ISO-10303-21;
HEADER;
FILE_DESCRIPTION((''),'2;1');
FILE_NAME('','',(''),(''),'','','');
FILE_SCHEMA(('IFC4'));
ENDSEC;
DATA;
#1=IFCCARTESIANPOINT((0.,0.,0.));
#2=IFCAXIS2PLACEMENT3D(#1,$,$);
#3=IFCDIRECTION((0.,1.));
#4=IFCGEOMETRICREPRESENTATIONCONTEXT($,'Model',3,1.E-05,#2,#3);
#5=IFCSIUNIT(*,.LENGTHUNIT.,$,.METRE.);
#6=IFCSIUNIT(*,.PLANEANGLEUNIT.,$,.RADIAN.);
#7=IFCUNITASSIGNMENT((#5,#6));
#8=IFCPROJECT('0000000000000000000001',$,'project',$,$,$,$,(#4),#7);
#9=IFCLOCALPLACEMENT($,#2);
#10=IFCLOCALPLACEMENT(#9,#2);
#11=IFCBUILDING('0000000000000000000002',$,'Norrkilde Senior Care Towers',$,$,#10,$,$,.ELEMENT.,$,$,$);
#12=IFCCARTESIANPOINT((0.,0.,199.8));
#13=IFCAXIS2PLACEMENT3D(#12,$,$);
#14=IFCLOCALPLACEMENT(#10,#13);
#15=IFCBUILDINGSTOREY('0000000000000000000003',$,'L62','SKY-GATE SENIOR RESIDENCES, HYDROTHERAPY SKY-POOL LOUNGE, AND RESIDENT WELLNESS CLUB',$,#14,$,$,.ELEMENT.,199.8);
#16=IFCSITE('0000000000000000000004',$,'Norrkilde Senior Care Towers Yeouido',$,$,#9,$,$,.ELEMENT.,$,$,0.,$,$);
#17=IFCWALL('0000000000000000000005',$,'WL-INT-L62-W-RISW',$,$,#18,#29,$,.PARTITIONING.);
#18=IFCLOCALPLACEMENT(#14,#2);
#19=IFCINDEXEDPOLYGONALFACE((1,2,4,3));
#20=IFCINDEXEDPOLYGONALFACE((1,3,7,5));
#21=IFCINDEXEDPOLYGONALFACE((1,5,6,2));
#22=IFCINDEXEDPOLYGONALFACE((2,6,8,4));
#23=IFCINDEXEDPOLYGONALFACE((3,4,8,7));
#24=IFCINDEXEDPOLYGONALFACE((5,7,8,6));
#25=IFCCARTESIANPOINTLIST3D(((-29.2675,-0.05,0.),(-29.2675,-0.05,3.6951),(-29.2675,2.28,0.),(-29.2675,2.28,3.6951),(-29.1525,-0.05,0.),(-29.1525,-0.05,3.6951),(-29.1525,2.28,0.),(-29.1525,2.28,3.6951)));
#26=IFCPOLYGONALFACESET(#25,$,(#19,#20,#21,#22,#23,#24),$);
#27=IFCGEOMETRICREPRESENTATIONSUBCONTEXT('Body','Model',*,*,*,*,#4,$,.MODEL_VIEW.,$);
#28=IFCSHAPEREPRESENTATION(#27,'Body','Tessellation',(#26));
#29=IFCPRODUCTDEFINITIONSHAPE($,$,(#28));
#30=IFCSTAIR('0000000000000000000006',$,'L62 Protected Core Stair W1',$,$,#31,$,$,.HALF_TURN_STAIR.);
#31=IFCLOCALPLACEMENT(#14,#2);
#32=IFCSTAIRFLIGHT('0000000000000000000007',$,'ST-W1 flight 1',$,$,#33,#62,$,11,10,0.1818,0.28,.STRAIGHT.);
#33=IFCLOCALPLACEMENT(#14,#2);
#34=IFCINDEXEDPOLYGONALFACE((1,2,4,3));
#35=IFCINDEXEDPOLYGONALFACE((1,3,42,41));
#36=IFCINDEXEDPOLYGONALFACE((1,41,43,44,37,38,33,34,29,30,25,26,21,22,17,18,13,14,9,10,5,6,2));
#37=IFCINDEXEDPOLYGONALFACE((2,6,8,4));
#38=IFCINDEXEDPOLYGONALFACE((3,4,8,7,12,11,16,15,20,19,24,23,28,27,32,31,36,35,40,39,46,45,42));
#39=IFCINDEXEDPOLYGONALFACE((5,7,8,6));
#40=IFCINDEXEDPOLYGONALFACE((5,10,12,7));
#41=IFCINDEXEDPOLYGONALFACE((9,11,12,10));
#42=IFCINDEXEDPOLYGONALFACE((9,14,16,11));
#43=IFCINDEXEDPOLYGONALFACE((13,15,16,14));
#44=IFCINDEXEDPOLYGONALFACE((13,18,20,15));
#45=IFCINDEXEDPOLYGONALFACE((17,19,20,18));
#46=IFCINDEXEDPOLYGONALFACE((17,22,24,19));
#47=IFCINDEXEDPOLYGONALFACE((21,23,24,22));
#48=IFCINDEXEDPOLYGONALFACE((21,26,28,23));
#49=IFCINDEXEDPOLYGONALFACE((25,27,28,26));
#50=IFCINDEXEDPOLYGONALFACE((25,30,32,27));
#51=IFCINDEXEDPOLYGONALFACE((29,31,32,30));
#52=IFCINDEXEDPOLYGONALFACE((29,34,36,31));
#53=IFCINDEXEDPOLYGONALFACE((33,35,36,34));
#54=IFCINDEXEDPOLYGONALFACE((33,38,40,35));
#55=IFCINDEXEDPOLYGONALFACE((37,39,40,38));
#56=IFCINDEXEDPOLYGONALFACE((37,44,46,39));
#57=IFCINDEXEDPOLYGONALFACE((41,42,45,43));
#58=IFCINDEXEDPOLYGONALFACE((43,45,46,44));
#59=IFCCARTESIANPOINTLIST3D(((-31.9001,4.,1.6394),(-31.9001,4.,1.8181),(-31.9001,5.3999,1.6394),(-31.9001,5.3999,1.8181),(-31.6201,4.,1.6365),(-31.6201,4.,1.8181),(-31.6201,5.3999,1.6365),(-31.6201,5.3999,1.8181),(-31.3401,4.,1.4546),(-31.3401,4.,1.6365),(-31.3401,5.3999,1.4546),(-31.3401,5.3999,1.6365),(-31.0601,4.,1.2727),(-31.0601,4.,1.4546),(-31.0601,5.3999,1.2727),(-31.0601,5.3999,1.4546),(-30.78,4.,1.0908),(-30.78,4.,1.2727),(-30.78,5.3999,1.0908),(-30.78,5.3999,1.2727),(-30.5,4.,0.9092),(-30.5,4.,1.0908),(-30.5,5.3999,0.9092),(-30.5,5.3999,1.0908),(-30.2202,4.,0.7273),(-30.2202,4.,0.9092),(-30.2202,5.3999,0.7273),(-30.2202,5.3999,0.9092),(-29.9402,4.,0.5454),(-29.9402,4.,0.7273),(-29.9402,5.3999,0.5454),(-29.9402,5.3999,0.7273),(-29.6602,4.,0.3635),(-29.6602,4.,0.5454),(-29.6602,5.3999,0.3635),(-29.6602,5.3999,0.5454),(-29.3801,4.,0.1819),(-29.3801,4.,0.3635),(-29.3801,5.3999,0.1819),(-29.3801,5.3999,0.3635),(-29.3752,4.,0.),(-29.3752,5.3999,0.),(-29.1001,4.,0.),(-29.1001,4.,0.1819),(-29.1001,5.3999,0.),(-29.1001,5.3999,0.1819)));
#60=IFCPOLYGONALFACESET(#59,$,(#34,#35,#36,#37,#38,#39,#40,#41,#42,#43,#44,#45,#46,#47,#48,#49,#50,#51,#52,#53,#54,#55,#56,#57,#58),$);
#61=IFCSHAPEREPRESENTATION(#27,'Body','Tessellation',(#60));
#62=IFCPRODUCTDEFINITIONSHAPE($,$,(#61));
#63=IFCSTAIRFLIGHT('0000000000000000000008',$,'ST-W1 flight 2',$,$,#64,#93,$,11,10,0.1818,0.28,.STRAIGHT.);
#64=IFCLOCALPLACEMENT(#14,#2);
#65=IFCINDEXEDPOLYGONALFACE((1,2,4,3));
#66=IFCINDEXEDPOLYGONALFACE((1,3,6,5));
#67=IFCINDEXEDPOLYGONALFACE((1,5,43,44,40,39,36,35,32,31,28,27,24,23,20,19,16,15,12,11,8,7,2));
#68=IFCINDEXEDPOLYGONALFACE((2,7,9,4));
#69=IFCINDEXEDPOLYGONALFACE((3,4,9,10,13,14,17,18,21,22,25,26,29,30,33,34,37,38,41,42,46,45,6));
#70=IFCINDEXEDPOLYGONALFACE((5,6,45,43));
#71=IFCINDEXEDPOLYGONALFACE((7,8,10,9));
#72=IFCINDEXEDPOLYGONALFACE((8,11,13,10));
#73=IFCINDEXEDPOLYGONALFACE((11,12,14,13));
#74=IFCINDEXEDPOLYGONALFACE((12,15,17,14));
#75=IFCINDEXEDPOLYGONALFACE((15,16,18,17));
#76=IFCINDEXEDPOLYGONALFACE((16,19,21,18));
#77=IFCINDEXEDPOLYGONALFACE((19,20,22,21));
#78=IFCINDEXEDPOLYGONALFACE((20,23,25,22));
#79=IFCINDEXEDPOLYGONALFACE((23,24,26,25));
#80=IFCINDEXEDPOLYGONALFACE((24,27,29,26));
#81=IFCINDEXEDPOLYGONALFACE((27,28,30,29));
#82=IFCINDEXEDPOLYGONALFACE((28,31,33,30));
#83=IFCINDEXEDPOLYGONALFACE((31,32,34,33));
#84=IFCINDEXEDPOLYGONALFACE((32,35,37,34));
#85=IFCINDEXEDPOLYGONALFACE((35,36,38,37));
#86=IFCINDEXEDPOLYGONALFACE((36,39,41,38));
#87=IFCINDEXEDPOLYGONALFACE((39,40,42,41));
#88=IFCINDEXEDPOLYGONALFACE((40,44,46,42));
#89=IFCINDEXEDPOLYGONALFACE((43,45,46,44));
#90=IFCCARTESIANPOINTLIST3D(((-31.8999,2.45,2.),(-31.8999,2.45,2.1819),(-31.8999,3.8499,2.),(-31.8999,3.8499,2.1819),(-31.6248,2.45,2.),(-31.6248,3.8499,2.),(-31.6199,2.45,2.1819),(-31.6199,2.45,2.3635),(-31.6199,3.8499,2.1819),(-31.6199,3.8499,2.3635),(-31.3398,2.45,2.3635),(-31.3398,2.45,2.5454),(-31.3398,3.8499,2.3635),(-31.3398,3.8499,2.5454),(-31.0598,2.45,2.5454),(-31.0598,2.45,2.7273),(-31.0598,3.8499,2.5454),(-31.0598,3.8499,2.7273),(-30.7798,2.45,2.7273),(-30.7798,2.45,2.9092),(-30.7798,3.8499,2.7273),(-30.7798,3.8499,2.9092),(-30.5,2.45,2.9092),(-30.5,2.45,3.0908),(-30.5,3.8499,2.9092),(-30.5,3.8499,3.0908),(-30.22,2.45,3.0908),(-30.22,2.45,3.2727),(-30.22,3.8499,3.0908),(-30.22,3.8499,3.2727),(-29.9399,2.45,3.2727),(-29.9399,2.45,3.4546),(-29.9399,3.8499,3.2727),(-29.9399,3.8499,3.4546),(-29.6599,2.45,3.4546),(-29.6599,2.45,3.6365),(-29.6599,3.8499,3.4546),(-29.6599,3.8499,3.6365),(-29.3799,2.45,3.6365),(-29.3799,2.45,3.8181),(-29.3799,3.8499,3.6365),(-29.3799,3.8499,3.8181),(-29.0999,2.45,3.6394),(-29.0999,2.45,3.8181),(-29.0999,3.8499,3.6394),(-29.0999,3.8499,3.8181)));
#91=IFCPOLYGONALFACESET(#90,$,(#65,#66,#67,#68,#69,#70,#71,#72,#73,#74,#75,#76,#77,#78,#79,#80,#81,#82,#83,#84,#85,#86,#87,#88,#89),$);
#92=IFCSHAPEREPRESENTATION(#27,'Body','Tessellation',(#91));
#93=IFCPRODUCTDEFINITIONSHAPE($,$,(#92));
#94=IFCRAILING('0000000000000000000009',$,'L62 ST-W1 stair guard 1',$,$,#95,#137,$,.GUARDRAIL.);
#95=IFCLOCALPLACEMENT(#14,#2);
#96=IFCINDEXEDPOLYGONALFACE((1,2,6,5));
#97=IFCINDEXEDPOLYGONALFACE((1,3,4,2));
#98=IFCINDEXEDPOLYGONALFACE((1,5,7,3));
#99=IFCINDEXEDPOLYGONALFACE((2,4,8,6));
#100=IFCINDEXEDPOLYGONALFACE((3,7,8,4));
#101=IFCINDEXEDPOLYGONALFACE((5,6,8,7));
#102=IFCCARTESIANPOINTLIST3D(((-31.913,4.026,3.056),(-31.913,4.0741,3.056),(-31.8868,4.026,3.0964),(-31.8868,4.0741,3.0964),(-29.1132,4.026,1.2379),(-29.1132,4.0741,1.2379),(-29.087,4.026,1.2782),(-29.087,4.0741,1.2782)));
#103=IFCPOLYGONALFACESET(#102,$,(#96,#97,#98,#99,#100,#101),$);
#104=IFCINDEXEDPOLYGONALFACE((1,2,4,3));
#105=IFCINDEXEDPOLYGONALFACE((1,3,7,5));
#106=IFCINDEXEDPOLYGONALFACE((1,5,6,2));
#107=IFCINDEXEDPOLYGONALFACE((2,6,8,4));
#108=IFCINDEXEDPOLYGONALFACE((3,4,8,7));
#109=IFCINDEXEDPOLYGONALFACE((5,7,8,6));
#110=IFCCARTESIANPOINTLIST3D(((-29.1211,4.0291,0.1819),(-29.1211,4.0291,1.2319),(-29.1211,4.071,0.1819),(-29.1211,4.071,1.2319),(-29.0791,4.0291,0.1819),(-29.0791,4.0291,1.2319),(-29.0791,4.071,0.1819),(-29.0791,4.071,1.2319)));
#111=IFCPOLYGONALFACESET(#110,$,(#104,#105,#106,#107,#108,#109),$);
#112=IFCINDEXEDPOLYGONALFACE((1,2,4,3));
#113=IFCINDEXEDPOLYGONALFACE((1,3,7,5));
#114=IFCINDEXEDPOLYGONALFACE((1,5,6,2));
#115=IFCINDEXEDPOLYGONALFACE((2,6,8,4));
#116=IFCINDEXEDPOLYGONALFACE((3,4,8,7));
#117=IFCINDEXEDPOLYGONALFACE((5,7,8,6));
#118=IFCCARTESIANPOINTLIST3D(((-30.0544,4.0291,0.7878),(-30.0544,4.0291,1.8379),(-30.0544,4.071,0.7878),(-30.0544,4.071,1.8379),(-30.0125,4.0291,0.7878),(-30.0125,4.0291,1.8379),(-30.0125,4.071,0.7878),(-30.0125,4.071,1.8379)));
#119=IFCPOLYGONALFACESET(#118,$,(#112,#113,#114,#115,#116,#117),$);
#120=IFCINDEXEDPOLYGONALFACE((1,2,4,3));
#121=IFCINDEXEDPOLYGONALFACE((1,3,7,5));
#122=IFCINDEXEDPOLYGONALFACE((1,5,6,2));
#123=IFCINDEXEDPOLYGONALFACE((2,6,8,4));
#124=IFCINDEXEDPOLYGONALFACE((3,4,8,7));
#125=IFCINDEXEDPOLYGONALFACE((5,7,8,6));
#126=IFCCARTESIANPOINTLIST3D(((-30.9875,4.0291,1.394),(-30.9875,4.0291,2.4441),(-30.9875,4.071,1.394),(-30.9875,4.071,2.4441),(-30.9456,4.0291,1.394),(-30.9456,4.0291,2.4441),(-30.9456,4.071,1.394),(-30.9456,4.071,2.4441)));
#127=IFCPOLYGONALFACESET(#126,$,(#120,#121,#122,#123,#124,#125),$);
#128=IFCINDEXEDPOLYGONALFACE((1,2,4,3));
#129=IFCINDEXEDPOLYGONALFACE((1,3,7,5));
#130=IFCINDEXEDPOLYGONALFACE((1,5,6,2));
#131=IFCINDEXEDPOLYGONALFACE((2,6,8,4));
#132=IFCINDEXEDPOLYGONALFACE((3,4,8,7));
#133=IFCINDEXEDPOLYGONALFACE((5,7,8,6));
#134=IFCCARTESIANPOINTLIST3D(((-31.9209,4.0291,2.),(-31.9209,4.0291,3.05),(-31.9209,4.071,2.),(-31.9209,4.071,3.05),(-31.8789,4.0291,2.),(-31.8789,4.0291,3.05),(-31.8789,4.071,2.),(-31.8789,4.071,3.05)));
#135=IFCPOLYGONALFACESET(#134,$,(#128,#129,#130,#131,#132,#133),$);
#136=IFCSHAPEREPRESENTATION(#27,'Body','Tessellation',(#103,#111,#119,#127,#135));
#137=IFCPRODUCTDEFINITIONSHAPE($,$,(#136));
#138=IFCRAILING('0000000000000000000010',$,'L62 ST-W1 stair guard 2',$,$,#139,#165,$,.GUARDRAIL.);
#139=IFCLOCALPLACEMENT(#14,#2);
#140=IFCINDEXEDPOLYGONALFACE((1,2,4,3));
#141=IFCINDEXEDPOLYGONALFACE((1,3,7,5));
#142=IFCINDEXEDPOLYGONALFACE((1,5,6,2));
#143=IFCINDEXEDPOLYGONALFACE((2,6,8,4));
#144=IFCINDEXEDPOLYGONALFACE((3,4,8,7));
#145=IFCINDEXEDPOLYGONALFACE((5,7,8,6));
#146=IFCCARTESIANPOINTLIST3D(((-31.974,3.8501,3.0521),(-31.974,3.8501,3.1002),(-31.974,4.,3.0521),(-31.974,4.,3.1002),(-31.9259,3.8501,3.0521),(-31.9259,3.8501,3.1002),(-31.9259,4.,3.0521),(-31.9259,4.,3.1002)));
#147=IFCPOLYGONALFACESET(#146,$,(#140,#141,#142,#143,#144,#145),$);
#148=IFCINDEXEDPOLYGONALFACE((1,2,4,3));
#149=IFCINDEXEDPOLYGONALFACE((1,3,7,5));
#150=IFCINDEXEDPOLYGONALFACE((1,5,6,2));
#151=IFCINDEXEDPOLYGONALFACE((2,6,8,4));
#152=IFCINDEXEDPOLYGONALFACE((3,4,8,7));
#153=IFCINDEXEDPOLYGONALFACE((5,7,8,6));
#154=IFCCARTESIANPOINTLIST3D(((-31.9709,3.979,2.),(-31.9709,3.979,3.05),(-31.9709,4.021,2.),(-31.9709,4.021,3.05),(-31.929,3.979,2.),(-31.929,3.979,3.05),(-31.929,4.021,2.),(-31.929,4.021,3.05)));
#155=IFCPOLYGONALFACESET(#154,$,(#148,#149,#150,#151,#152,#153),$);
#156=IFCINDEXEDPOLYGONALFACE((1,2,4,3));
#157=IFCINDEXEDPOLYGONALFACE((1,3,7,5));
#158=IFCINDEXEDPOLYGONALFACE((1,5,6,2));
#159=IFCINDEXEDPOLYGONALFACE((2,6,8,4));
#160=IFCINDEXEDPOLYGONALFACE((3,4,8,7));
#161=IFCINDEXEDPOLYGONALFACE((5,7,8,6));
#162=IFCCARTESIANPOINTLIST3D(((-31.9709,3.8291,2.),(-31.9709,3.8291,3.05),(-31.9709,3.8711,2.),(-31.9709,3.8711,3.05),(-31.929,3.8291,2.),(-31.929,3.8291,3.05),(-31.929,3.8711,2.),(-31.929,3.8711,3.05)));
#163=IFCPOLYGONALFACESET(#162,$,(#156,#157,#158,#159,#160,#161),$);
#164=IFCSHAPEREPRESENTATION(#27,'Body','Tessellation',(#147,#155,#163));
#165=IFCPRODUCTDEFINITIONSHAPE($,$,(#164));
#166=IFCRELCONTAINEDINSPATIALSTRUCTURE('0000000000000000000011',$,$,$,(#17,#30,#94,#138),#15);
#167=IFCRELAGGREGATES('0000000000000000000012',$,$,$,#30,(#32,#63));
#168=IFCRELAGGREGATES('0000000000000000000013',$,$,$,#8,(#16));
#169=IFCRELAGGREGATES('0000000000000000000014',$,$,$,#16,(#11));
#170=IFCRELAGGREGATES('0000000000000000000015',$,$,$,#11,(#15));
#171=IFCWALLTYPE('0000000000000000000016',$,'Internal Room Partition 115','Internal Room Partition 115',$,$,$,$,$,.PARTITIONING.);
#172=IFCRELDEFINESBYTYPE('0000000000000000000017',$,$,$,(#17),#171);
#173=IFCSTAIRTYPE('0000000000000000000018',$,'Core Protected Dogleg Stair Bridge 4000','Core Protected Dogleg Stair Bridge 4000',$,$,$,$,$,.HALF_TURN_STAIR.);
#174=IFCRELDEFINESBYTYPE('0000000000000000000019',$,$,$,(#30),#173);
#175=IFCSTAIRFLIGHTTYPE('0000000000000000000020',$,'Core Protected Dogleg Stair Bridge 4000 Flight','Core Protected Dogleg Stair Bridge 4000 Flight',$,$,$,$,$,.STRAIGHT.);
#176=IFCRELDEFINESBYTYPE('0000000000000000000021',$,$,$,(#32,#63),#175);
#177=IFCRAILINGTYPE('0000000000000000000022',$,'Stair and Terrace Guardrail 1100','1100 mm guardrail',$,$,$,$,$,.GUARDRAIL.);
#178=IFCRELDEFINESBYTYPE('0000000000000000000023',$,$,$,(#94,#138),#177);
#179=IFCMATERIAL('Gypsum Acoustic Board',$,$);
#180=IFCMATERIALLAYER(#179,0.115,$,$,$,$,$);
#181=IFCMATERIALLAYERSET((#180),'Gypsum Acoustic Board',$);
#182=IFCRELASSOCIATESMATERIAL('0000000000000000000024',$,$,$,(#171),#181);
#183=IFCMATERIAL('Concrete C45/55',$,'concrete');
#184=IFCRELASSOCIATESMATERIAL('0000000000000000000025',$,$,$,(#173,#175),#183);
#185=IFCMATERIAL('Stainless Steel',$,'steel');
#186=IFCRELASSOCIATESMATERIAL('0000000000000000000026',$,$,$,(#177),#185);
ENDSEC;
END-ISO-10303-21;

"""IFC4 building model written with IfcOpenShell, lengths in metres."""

from ifc_helpers import new_model, si_unit, direction, frame, frame_2d, origin, origin_2d, place, context, subcontext, project, spatial, polyline, rectangle, outline, extrude, source, transform, mapped, material, layer, layer_set, type_object, type_shapes, element, aggregate, save


model = new_model("IFC4")

# Units and contexts
model_context = context("Model", 3, precision=1e-05, world=origin(), true_north=direction((0.0, 1.0)))
body_context = subcontext(model_context, "Body", "Model", "MODEL_VIEW")
ifc_project = project(units=[si_unit("LENGTHUNIT", "METRE"), si_unit("PLANEANGLEUNIT", "RADIAN")], contexts=[model_context])

# Site, building, storey
site_placement = place(None, origin())
site = spatial("IfcSite", under=ifc_project, at=site_placement, Name="Norrkilde Senior Care Towers Yeouido", CompositionType="ELEMENT", RefElevation=0.0)
building_placement = place(site_placement, origin())
building = spatial("IfcBuilding", under=site, at=building_placement, Name="Norrkilde Senior Care Towers", CompositionType="ELEMENT")
storey_placement = place(building_placement, frame((0.0, 0.0, 199.8)))
storey = spatial("IfcBuildingStorey", under=building, at=storey_placement, Name="L62", Description="SKY-GATE SENIOR RESIDENCES, HYDROTHERAPY SKY-POOL LOUNGE, AND RESIDENT WELLNESS CLUB", CompositionType="ELEMENT", Elevation=199.8)

# Shared definitions
ifc_material_1 = material(Name="Concrete C45/55", Category="concrete")

# Shared definitions
ifc_material_2 = material(Name="Stainless Steel", Category="steel")

# Wall
ifc_material_3 = material(Name="Gypsum Acoustic Board")
ifc_layer_1 = layer(ifc_material_3, 0.115)
ifc_layer_set_1 = layer_set([ifc_layer_1], Name="Gypsum Acoustic Board")
wall_type_1 = type_object("IfcWallType", Name="Internal Room Partition 115", Description="Internal Room Partition 115", PredefinedType="PARTITIONING", material=ifc_layer_set_1)
shared_shape_1 = source(origin(), body_context, "Body", "SweptSolid", [
    extrude(rectangle(XDim=2.3301, YDim=0.115, at=frame_2d((1.165, 0.0))), origin(), (0.0, 0.0, 1.0), 3.6951),
])
type_shapes(wall_type_1, [shared_shape_1])
wall_1_placement = place(storey_placement, frame((-29.21, -0.05, 0.0), z_axis=(0.0, 0.0, 1.0), x_axis=(0.0, 1.0, 0.0)))
element("IfcWall", 1, at=wall_1_placement, inside=storey, type_object=wall_type_1, Name="WL-INT-L62-W-RISW", PredefinedType="PARTITIONING", context=body_context, shape_type="MappedRepresentation", body=[
    mapped(shared_shape_1, transform((0.0, 0.0, 0.0), x_axis=(1.0, 0.0, 0.0), y_axis=(0.0, 1.0, 0.0), z_axis=(0.0, 0.0, 1.0), scale=1.0)),
])

# Stair, stair flights
stair_type = type_object("IfcStairType", Name="Core Protected Dogleg Stair Bridge 4000", Description="Core Protected Dogleg Stair Bridge 4000", PredefinedType="HALF_TURN_STAIR", material=ifc_material_1)
stair_placement = place(storey_placement, origin())
stair = element("IfcStair", 2, at=stair_placement, inside=storey, type_object=stair_type, Name="L62 Protected Core Stair W1", PredefinedType="HALF_TURN_STAIR")
stair_flight_type = type_object("IfcStairFlightType", Name="Core Protected Dogleg Stair Bridge 4000 Flight", Description="Core Protected Dogleg Stair Bridge 4000 Flight", PredefinedType="STRAIGHT", material=ifc_material_1)
stair_flight_1_placement = place(storey_placement, frame((-29.1001, 4.7, 0.0), z_axis=(0.0, 0.0, 1.0), x_axis=(-1.0, 0.0, 0.0)))
stair_flight_1 = element("IfcStairFlight", 3, at=stair_flight_1_placement, type_object=stair_flight_type, Name="ST-W1 flight 1", NumberOfRisers=11, NumberOfTreads=10, PredefinedType="STRAIGHT", RiserHeight=0.1818, TreadLength=0.28, context=body_context, shape_type="SweptSolid", body=[
    extrude(outline(polyline([(0.0, 0.0), (0.0, 0.1819), (0.28, 0.1819), (0.28, 0.3635), (0.5601, 0.3635), (0.5601, 0.5454), (0.8401, 0.5454), (0.8401, 0.7273), (1.1201, 0.7273), (1.1201, 0.9092), (1.3999, 0.9092), (1.3999, 1.0908), (1.6799, 1.0908), (1.6799, 1.2727), (1.96, 1.2727), (1.96, 1.4546), (2.24, 1.4546), (2.24, 1.6365), (2.52, 1.6365), (2.52, 1.8181), (2.8, 1.8181), (2.8, 2.0), (2.8, 1.6394), (0.2751, 0.0), (0.0, 0.0)])), frame((0.0, 0.7, 0.0), z_axis=(0.0, -1.0, 0.0), x_axis=(1.0, 0.0, 0.0)), (0.0, 0.0, 1.0), 1.3999),
])
stair_flight_2_placement = place(storey_placement, frame((-31.8999, 3.1499, 2.0), z_axis=(0.0, 0.0, 1.0), x_axis=(1.0, 0.0, 0.0)))
stair_flight_2 = element("IfcStairFlight", 4, at=stair_flight_2_placement, type_object=stair_flight_type, Name="ST-W1 flight 2", NumberOfRisers=11, NumberOfTreads=10, PredefinedType="STRAIGHT", RiserHeight=0.1818, TreadLength=0.28, context=body_context, shape_type="SweptSolid", body=[
    extrude(outline(polyline([(0.0, 0.0), (0.0, 0.1819), (0.28, 0.1819), (0.28, 0.3635), (0.5601, 0.3635), (0.5601, 0.5454), (0.8401, 0.5454), (0.8401, 0.7273), (1.1201, 0.7273), (1.1201, 0.9092), (1.3999, 0.9092), (1.3999, 1.0908), (1.6799, 1.0908), (1.6799, 1.2727), (1.96, 1.2727), (1.96, 1.4546), (2.24, 1.4546), (2.24, 1.6365), (2.52, 1.6365), (2.52, 1.8181), (2.8, 1.8181), (2.8, 2.0), (2.8, 1.6394), (0.2751, 0.0), (0.0, 0.0)])), frame((0.0, 0.7, 0.0), z_axis=(0.0, -1.0, 0.0), x_axis=(1.0, 0.0, 0.0)), (0.0, 0.0, 1.0), 1.3999),
])
aggregate(stair, [stair_flight_1, stair_flight_2])

# Railings
railing_type_1 = type_object("IfcRailingType", Name="Stair and Terrace Guardrail 1100", Description="1100 mm guardrail", PredefinedType="GUARDRAIL", material=ifc_material_2)
railing_1_placement = place(storey_placement, frame((-29.1001, 4.05, 0.1819)))
element("IfcRailing", 5, at=railing_1_placement, inside=storey, type_object=railing_type_1, Name="L62 ST-W1 stair guard 1", PredefinedType="GUARDRAIL", context=body_context, shape_type="SweptSolid", body=[
    extrude(rectangle(XDim=0.0481, YDim=0.0481, at=origin_2d()), frame((0.0, 0.0, 1.0762), z_axis=(-0.838684, 0.0, 0.544618), x_axis=(0.0, -1.0, 0.0)), (0.0, 0.0, 1.0), 3.3384),
    extrude(rectangle(XDim=0.042, YDim=0.042, at=origin_2d()), origin(), (0.0, 0.0, 1.0), 1.05),
    extrude(rectangle(XDim=0.042, YDim=0.042, at=origin_2d()), frame((-0.9333, 0.0, 0.606)), (0.0, 0.0, 1.0), 1.05),
    extrude(rectangle(XDim=0.042, YDim=0.042, at=origin_2d()), frame((-1.8665, 0.0, 1.2122)), (0.0, 0.0, 1.0), 1.05),
    extrude(rectangle(XDim=0.042, YDim=0.042, at=origin_2d()), frame((-2.7998, 0.0, 1.8181)), (0.0, 0.0, 1.0), 1.05),
])
railing_2_placement = place(storey_placement, frame((-31.95, 4.0, 2.0)))
element("IfcRailing", 6, at=railing_2_placement, inside=storey, type_object=railing_type_1, Name="L62 ST-W1 stair guard 2", PredefinedType="GUARDRAIL", context=body_context, shape_type="SweptSolid", body=[
    extrude(rectangle(XDim=0.0481, YDim=0.0481, at=origin_2d()), frame((0.0, 0.0, 1.0762), z_axis=(0.0, -1.0, 0.0), x_axis=(1.0, 0.0, 0.0)), (0.0, 0.0, 1.0), 0.1499),
    extrude(rectangle(XDim=0.042, YDim=0.042, at=origin_2d()), origin(), (0.0, 0.0, 1.0), 1.05),
    extrude(rectangle(XDim=0.042, YDim=0.042, at=origin_2d()), frame((0.0, -0.1499, 0.0)), (0.0, 0.0, 1.0), 1.05),
])

save(model, "model.ifc")
